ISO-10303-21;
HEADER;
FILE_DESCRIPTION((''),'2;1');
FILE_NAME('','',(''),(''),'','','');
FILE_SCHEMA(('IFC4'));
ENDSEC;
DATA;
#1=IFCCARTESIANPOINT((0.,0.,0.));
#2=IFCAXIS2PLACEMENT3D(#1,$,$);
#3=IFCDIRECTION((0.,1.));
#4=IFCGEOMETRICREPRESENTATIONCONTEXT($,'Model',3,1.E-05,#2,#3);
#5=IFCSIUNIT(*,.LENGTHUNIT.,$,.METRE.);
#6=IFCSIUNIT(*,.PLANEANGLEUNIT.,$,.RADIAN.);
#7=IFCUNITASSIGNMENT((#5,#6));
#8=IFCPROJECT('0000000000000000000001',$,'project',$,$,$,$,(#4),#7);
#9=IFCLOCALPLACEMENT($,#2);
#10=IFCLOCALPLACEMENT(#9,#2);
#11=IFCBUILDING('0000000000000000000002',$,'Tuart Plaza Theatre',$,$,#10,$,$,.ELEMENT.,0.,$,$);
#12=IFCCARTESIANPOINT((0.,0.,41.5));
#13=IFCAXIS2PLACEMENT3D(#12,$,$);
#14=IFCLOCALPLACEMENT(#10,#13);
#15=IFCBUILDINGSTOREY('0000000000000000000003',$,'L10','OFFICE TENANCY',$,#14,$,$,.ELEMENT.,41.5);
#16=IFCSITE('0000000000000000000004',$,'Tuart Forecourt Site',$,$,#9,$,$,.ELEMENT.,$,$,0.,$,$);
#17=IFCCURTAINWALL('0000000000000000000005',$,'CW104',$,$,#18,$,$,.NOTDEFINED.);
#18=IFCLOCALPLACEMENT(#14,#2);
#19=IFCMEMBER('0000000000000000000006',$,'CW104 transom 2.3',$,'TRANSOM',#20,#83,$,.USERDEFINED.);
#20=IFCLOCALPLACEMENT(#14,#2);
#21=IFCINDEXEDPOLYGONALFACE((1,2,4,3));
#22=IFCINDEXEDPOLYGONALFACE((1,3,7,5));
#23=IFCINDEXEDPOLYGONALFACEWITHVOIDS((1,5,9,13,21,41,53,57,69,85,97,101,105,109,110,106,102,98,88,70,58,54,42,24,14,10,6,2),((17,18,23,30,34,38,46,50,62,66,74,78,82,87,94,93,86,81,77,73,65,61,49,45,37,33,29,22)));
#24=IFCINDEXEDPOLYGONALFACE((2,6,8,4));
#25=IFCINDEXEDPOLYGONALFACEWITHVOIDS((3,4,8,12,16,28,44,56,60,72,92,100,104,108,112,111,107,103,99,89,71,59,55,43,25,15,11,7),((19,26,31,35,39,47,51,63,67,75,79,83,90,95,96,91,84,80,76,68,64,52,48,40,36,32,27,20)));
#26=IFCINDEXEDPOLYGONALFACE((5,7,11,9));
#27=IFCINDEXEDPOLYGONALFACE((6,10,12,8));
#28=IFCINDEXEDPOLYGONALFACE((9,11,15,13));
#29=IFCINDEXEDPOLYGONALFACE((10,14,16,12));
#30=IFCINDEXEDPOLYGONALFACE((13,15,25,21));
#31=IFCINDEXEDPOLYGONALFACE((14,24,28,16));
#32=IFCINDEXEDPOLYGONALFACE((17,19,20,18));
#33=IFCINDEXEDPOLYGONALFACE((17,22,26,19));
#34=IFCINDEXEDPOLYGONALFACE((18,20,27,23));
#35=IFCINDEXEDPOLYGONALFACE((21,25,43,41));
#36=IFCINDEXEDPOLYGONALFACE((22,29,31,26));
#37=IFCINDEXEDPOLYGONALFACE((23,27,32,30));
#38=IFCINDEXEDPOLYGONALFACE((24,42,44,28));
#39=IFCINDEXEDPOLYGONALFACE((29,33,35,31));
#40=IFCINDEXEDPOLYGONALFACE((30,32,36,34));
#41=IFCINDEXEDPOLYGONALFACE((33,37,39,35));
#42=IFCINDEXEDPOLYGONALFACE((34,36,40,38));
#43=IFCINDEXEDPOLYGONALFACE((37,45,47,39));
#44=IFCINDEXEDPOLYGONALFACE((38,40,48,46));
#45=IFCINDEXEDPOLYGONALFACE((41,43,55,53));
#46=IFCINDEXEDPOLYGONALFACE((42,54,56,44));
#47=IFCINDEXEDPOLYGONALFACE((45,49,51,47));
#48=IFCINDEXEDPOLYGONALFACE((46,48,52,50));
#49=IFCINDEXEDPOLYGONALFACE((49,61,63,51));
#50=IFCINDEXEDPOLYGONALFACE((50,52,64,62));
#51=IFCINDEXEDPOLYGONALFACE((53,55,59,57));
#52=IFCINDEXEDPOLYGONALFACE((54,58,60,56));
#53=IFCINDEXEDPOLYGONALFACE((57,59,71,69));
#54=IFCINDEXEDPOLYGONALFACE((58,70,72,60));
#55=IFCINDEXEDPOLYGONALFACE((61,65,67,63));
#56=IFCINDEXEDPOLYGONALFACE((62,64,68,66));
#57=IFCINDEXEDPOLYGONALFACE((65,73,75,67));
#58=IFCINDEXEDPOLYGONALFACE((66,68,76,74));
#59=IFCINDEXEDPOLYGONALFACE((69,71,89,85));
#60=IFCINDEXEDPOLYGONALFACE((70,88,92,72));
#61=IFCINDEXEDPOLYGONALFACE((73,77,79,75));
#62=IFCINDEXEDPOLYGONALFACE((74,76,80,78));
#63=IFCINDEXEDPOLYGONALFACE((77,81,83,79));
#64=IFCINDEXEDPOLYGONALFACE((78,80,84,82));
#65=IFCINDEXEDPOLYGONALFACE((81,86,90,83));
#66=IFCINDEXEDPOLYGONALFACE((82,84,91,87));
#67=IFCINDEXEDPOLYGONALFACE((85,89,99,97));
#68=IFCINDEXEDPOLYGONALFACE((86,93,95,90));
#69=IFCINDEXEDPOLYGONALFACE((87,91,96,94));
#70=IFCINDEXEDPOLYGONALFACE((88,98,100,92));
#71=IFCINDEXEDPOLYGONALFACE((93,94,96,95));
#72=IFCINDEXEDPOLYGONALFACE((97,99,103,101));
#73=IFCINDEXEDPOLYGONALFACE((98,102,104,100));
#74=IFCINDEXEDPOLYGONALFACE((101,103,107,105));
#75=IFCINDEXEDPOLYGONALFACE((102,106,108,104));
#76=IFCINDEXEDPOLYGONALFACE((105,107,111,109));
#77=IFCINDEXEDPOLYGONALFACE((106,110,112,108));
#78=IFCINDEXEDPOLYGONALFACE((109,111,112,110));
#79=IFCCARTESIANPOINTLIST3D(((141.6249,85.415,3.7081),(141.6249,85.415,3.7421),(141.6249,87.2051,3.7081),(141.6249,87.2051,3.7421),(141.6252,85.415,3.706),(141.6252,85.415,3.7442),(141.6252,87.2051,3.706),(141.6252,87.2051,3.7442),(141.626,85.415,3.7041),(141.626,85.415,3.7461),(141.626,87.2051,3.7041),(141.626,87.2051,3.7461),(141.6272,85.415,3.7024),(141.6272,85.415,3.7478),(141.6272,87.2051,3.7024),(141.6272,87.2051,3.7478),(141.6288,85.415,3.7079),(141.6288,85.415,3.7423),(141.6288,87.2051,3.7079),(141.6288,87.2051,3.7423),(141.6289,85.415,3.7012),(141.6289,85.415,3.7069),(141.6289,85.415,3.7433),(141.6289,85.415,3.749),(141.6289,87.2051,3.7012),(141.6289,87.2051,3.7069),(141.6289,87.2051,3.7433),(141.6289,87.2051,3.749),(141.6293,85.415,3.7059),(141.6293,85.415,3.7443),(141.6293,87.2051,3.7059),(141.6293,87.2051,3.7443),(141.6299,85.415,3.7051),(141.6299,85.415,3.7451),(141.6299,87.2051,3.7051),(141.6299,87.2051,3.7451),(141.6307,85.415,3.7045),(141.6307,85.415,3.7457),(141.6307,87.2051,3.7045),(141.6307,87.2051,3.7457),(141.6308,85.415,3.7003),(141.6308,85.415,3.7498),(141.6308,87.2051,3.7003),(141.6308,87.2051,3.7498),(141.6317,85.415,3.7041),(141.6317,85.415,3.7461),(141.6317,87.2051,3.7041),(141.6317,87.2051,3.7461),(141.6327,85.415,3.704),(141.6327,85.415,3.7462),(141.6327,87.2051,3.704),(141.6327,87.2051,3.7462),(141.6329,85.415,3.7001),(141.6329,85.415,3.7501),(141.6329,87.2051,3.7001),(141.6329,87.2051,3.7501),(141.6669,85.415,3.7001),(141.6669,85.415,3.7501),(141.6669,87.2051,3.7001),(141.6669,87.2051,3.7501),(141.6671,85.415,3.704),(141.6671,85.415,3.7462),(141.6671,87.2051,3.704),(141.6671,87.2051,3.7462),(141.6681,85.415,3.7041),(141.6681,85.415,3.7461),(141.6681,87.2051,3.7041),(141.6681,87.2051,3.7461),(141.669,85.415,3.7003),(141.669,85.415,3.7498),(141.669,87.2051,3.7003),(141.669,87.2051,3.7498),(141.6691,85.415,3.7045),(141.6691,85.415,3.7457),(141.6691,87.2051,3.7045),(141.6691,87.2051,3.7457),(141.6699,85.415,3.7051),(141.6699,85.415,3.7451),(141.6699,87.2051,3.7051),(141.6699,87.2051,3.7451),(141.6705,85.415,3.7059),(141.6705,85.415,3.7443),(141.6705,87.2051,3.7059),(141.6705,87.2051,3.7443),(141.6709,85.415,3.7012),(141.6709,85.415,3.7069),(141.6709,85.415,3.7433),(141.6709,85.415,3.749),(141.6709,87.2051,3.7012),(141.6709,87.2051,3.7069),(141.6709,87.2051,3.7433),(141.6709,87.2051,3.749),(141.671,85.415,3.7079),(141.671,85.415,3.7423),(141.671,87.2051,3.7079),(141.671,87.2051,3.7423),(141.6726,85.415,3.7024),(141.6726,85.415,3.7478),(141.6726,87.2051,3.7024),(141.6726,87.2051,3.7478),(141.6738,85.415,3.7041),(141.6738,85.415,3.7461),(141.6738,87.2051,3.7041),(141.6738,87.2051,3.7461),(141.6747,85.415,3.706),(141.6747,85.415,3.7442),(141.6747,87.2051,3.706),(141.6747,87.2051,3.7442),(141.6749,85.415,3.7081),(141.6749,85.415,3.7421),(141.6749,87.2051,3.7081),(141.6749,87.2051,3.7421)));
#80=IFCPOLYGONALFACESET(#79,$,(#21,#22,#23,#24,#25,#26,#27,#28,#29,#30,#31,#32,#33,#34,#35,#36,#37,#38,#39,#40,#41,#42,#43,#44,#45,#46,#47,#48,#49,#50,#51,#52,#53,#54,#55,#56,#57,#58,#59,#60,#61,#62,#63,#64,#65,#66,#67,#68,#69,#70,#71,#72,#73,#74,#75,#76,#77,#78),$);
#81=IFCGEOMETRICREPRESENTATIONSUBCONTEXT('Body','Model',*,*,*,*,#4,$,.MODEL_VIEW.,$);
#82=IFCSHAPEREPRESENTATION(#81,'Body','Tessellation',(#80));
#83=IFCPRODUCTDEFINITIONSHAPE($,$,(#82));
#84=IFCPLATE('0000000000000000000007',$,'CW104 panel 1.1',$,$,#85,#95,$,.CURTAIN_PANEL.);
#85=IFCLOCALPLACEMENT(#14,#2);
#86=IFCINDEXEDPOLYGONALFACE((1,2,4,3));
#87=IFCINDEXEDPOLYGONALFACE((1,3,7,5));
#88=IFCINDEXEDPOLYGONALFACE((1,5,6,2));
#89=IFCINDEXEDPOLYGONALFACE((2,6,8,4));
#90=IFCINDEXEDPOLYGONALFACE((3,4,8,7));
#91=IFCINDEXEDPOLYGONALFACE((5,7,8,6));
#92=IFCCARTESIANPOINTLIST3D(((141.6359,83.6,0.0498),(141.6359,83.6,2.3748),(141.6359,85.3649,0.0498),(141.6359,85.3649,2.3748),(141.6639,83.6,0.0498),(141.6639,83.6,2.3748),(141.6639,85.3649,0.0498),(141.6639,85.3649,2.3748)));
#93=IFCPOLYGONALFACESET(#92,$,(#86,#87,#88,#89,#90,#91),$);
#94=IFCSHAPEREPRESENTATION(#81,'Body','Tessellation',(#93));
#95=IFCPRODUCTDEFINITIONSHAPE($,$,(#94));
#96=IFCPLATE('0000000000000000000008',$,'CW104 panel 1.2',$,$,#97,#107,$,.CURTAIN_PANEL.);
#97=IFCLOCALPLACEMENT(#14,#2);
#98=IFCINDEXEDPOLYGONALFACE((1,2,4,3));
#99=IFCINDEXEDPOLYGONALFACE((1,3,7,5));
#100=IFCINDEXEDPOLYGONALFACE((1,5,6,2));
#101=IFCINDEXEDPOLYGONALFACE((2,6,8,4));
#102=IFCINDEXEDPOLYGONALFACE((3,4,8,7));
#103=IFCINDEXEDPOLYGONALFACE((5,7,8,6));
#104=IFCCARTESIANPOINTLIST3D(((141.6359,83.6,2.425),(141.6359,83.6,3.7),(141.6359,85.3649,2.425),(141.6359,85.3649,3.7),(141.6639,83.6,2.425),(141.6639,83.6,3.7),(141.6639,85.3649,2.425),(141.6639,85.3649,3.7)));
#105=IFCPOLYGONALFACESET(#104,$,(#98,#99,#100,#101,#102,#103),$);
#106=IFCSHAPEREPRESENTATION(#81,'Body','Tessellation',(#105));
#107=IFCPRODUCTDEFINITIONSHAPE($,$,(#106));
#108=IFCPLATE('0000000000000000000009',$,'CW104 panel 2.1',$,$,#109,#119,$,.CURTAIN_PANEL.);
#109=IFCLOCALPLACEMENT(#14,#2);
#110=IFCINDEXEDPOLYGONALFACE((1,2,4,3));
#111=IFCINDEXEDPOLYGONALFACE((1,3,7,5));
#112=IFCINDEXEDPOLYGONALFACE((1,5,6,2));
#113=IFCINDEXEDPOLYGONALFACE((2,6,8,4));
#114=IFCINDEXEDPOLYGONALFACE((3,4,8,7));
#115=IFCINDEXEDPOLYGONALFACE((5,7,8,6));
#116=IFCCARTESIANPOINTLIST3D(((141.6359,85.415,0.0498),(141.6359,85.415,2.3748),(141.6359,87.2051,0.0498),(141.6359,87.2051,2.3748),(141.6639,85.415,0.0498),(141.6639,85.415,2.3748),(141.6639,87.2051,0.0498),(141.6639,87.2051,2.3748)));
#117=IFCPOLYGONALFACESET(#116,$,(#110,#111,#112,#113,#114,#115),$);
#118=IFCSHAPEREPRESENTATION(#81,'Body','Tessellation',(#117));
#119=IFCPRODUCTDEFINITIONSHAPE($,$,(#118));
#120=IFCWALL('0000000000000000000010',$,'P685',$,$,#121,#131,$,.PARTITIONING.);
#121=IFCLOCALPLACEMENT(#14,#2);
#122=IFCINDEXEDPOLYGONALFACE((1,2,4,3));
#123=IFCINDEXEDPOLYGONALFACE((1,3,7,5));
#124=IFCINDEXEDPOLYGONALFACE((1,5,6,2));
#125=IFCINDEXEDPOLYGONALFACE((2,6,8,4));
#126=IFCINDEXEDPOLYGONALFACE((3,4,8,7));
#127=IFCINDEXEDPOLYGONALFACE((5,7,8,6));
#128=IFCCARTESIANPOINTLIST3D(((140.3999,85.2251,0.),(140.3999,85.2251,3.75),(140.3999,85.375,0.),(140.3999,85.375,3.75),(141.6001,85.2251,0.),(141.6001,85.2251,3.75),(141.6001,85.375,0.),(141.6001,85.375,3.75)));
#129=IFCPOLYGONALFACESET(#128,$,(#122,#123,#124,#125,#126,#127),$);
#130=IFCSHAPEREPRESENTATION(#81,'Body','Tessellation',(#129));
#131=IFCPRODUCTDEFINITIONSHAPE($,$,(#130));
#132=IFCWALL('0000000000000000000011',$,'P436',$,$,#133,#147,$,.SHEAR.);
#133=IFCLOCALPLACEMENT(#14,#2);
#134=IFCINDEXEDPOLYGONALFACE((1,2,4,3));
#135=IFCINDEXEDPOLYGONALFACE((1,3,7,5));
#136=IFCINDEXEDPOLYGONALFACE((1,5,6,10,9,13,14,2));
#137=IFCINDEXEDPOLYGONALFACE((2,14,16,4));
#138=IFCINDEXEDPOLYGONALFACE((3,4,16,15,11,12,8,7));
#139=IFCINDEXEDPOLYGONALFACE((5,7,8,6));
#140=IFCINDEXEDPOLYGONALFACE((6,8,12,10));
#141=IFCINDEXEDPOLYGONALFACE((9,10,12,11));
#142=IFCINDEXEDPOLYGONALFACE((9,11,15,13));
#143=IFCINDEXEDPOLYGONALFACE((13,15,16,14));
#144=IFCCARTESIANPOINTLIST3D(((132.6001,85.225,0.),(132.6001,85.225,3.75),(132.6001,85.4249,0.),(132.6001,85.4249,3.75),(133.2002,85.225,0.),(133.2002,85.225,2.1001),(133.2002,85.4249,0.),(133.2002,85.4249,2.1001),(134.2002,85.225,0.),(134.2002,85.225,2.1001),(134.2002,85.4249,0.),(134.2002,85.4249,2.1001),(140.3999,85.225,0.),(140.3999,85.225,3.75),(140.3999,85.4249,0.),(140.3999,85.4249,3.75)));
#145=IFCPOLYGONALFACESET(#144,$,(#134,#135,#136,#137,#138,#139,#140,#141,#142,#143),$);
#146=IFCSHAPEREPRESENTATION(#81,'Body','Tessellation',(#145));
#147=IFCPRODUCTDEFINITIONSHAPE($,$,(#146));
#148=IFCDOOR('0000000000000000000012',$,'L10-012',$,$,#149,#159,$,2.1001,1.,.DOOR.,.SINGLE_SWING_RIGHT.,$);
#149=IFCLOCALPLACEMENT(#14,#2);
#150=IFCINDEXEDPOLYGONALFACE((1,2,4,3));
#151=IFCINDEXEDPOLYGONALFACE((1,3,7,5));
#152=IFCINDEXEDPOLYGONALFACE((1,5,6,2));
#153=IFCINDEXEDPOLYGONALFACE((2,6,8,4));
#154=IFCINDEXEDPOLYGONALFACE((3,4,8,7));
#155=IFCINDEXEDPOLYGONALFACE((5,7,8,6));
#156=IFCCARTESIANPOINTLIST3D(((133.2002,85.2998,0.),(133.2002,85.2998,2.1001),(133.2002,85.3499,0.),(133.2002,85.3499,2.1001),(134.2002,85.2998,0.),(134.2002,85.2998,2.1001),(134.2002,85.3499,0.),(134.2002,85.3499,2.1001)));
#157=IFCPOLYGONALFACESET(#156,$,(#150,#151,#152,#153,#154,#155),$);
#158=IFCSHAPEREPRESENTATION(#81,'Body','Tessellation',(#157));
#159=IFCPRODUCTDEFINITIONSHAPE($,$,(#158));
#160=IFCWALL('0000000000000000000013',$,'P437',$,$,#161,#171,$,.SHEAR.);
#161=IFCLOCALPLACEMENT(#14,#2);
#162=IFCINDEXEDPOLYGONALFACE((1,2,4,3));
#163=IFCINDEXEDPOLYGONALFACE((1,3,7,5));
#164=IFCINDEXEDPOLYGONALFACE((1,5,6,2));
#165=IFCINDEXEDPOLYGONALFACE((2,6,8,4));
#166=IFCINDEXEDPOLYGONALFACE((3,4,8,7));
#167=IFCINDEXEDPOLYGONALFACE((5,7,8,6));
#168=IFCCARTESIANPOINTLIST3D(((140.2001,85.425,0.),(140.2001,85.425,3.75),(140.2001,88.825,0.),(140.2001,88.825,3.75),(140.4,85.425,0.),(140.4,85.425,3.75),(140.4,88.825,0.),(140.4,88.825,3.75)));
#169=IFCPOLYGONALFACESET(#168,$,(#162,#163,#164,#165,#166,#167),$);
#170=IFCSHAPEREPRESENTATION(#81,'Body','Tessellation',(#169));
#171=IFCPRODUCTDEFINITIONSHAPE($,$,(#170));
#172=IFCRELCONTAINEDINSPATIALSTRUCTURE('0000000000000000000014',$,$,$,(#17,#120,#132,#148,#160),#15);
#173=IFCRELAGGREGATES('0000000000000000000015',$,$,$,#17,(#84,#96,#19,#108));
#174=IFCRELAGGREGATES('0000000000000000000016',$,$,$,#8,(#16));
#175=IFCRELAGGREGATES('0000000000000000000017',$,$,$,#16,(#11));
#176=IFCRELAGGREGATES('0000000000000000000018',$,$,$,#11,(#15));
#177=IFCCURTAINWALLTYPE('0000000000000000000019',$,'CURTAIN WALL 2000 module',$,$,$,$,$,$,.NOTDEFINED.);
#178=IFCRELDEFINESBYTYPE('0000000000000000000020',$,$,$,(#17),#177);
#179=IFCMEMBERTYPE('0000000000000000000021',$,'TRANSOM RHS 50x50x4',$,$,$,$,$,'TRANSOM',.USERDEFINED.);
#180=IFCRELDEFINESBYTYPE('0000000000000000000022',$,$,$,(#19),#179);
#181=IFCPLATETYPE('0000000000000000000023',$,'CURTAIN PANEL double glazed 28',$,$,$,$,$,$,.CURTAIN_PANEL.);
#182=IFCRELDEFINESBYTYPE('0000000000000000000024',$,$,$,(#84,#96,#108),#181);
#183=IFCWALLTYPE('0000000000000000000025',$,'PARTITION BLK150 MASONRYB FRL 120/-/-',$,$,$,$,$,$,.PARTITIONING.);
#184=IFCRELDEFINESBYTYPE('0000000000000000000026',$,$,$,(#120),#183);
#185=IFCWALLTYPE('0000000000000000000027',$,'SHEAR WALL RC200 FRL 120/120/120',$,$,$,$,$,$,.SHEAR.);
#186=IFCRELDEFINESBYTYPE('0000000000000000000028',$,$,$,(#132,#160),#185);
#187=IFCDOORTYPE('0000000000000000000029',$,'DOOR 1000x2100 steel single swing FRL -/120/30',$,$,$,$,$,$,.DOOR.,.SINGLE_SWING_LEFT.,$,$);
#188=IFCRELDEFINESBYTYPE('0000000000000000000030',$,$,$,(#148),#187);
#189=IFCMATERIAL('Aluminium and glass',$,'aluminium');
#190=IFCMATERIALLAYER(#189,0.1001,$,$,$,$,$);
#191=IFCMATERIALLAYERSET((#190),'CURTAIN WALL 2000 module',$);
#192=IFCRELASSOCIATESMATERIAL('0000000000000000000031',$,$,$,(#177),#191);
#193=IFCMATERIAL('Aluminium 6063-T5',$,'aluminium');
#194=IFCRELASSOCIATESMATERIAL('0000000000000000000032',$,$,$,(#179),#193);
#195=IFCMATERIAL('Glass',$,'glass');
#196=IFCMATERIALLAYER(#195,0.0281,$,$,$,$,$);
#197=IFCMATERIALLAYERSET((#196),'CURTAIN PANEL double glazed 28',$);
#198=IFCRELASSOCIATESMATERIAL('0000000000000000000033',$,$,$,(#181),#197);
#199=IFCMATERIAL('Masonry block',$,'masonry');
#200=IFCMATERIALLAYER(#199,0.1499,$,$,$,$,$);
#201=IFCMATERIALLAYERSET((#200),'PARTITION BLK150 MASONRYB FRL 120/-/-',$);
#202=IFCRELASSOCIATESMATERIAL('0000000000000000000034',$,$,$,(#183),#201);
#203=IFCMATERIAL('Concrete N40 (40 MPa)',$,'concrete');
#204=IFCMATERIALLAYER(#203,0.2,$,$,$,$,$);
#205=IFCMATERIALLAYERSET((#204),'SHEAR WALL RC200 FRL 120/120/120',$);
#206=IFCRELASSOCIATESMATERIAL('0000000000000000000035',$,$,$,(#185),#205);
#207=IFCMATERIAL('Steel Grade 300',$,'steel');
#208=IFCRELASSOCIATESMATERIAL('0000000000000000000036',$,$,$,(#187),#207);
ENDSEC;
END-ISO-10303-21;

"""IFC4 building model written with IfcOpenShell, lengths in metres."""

from ifc_helpers import new_model, si_unit, direction, frame, frame_2d, origin, origin_2d, place, context, subcontext, project, spatial, rectangle, hollow_rectangle, extrude, material, layer, layer_set, material_profile, profile_set, type_object, element, fill, aggregate, save


model = new_model("IFC4")

# Units and contexts
model_context = context("Model", 3, precision=1e-05, world=origin(), true_north=direction((0.0, 1.0)))
body_context = subcontext(model_context, "Body", "Model", "MODEL_VIEW")
ifc_project = project(units=[si_unit("LENGTHUNIT", "METRE"), si_unit("PLANEANGLEUNIT", "RADIAN")], contexts=[model_context])

# Site, building, storey
site_placement = place(None, origin())
site = spatial("IfcSite", under=ifc_project, at=site_placement, Name="Tuart Forecourt Site", CompositionType="ELEMENT", RefElevation=0.0)
building_placement = place(site_placement, origin())
building = spatial("IfcBuilding", under=site, at=building_placement, Name="Tuart Plaza Theatre", CompositionType="ELEMENT", ElevationOfRefHeight=0.0)
storey_placement = place(building_placement, frame((0.0, 0.0, 41.5)))
storey = spatial("IfcBuildingStorey", under=building, at=storey_placement, Name="L10", Description="OFFICE TENANCY", CompositionType="ELEMENT", Elevation=41.5)

# Curtain wall, member, plates
ifc_material_1 = material(Name="Aluminium and glass", Category="aluminium")
ifc_layer_1 = layer(ifc_material_1, 0.1001)
ifc_layer_set_1 = layer_set([ifc_layer_1], Name="CURTAIN WALL 2000 module")
curtain_wall_type = type_object("IfcCurtainWallType", Name="CURTAIN WALL 2000 module", PredefinedType="NOTDEFINED", material=ifc_layer_set_1)
curtain_wall_placement = place(storey_placement, origin())
curtain_wall = element("IfcCurtainWall", 1, at=curtain_wall_placement, inside=storey, type_object=curtain_wall_type, Name="CW104", PredefinedType="NOTDEFINED")
ifc_material_2 = material(Name="Aluminium 6063-T5", Category="aluminium")
ifc_material_profile_1 = material_profile(ifc_material_2, hollow_rectangle(XDim=0.05, YDim=0.05, WallThickness=0.0039, InnerFilletRadius=0.0039, OuterFilletRadius=0.0081, at=origin_2d()), Name="RHS 50x50x4")
ifc_profile_set_1 = profile_set([ifc_material_profile_1], Name="Aluminium 6063-T5")
member_type_1 = type_object("IfcMemberType", Name="TRANSOM RHS 50x50x4", ElementType="TRANSOM", PredefinedType="USERDEFINED", material=ifc_profile_set_1)
member_1_placement = place(storey_placement, frame((141.6499, 85.415, 3.7251), z_axis=(0.0, 1.0, 0.0), x_axis=(-1.0, 0.0, 0.0)))
member_1 = element("IfcMember", 2, at=member_1_placement, type_object=member_type_1, Name="CW104 transom 2.3", ObjectType="TRANSOM", PredefinedType="USERDEFINED", context=body_context, shape_type="SweptSolid", body=[
    extrude(hollow_rectangle(XDim=0.05, YDim=0.05, WallThickness=0.0039, InnerFilletRadius=0.0039, OuterFilletRadius=0.0081, at=origin_2d()), origin(), (0.0, 0.0, 1.0), 1.79),
])
ifc_material_3 = material(Name="Glass", Category="glass")
ifc_layer_2 = layer(ifc_material_3, 0.0281)
ifc_layer_set_2 = layer_set([ifc_layer_2], Name="CURTAIN PANEL double glazed 28")
plate_type = type_object("IfcPlateType", Name="CURTAIN PANEL double glazed 28", PredefinedType="CURTAIN_PANEL", material=ifc_layer_set_2)
plate_1_placement = place(storey_placement, frame((141.6499, 84.4824, 0.0498), z_axis=(0.0, 0.0, 1.0), x_axis=(0.0, 1.0, 0.0)))
plate_1 = element("IfcPlate", 3, at=plate_1_placement, type_object=plate_type, Name="CW104 panel 1.1", PredefinedType="CURTAIN_PANEL", context=body_context, shape_type="SweptSolid", body=[
    extrude(rectangle(XDim=1.7649, YDim=0.0281, at=origin_2d()), origin(), (0.0, 0.0, 1.0), 2.325),
])
plate_2_placement = place(storey_placement, frame((141.6499, 84.4824, 2.425), z_axis=(0.0, 0.0, 1.0), x_axis=(0.0, 1.0, 0.0)))
plate_2 = element("IfcPlate", 4, at=plate_2_placement, type_object=plate_type, Name="CW104 panel 1.2", PredefinedType="CURTAIN_PANEL", context=body_context, shape_type="SweptSolid", body=[
    extrude(rectangle(XDim=1.7649, YDim=0.0281, at=origin_2d()), origin(), (0.0, 0.0, 1.0), 1.2749),
])
plate_3_placement = place(storey_placement, frame((141.6499, 86.3101, 0.0498), z_axis=(0.0, 0.0, 1.0), x_axis=(0.0, 1.0, 0.0)))
plate_3 = element("IfcPlate", 5, at=plate_3_placement, type_object=plate_type, Name="CW104 panel 2.1", PredefinedType="CURTAIN_PANEL", context=body_context, shape_type="SweptSolid", body=[
    extrude(rectangle(XDim=1.79, YDim=0.0281, at=origin_2d()), origin(), (0.0, 0.0, 1.0), 2.325),
])
aggregate(curtain_wall, [plate_1, plate_2, member_1, plate_3])

# Wall
ifc_material_4 = material(Name="Masonry block", Category="masonry")
ifc_layer_3 = layer(ifc_material_4, 0.1499)
ifc_layer_set_3 = layer_set([ifc_layer_3], Name="PARTITION BLK150 MASONRYB FRL 120/-/-")
wall_type_1 = type_object("IfcWallType", Name="PARTITION BLK150 MASONRYB FRL 120/-/-", PredefinedType="PARTITIONING", material=ifc_layer_set_3)
wall_1_placement = place(storey_placement, frame((140.3999, 85.3, 0.0), z_axis=(0.0, 0.0, 1.0), x_axis=(1.0, 0.0, 0.0)))
element("IfcWall", 6, at=wall_1_placement, inside=storey, type_object=wall_type_1, Name="P685", PredefinedType="PARTITIONING", context=body_context, shape_type="SweptSolid", body=[
    extrude(rectangle(XDim=1.2002, YDim=0.1499, at=frame_2d((0.6001, 0.0))), origin(), (0.0, 0.0, 1.0), 3.75),
])

# Wall, opening, door
ifc_material_5 = material(Name="Concrete N40 (40 MPa)", Category="concrete")
ifc_layer_4 = layer(ifc_material_5, 0.2)
ifc_layer_set_4 = layer_set([ifc_layer_4], Name="SHEAR WALL RC200 FRL 120/120/120")
wall_type_2 = type_object("IfcWallType", Name="SHEAR WALL RC200 FRL 120/120/120", PredefinedType="SHEAR", material=ifc_layer_set_4)
wall_2_placement = place(storey_placement, frame((132.6001, 85.325, 0.0), z_axis=(0.0, 0.0, 1.0), x_axis=(1.0, 0.0, 0.0)))
wall_2 = element("IfcWall", 7, at=wall_2_placement, inside=storey, type_object=wall_type_2, Name="P436", PredefinedType="SHEAR", context=body_context, shape_type="SweptSolid", body=[
    extrude(rectangle(XDim=7.7998, YDim=0.2, at=frame_2d((3.8999, 0.0))), origin(), (0.0, 0.0, 1.0), 3.75),
])
opening_placement = place(wall_2_placement, frame((0.6001, 0.0, 0.0)))
opening = element("IfcOpeningElement", 8, at=opening_placement, cuts=wall_2, PredefinedType="OPENING", context=body_context, shape_type="SweptSolid", body=[
    extrude(rectangle(XDim=1.0, YDim=2.1001, at=frame_2d((0.5, 1.05))), frame((0.0, 0.1099, 0.0), z_axis=(0.0, -1.0, 0.0), x_axis=(1.0, 0.0, 0.0)), (0.0, 0.0, 1.0), 0.22),
])
ifc_material_6 = material(Name="Steel Grade 300", Category="steel")
door_type = type_object("IfcDoorType", Name="DOOR 1000x2100 steel single swing FRL -/120/30", OperationType="SINGLE_SWING_LEFT", PredefinedType="DOOR", material=ifc_material_6)
door_placement = place(opening_placement, origin())
door = element("IfcDoor", 9, at=door_placement, inside=storey, type_object=door_type, Name="L10-012", OperationType="SINGLE_SWING_RIGHT", OverallHeight=2.1001, OverallWidth=1.0, PredefinedType="DOOR", context=body_context, shape_type="SweptSolid", body=[
    extrude(rectangle(XDim=1.0, YDim=2.1001, at=frame_2d((0.5, 1.05))), frame((0.0, 0.0249, 0.0), z_axis=(0.0, -1.0, 0.0), x_axis=(1.0, 0.0, 0.0)), (0.0, 0.0, 1.0), 0.05),
])
fill(opening, door)

# Wall
wall_3_placement = place(storey_placement, frame((140.3, 85.425, 0.0), z_axis=(0.0, 0.0, 1.0), x_axis=(0.0, 1.0, 0.0)))
element("IfcWall", 10, at=wall_3_placement, inside=storey, type_object=wall_type_2, Name="P437", PredefinedType="SHEAR", context=body_context, shape_type="SweptSolid", body=[
    extrude(rectangle(XDim=3.3999, YDim=0.2, at=frame_2d((1.7, 0.0))), origin(), (0.0, 0.0, 1.0), 3.75),
])

save(model, "model.ifc")
